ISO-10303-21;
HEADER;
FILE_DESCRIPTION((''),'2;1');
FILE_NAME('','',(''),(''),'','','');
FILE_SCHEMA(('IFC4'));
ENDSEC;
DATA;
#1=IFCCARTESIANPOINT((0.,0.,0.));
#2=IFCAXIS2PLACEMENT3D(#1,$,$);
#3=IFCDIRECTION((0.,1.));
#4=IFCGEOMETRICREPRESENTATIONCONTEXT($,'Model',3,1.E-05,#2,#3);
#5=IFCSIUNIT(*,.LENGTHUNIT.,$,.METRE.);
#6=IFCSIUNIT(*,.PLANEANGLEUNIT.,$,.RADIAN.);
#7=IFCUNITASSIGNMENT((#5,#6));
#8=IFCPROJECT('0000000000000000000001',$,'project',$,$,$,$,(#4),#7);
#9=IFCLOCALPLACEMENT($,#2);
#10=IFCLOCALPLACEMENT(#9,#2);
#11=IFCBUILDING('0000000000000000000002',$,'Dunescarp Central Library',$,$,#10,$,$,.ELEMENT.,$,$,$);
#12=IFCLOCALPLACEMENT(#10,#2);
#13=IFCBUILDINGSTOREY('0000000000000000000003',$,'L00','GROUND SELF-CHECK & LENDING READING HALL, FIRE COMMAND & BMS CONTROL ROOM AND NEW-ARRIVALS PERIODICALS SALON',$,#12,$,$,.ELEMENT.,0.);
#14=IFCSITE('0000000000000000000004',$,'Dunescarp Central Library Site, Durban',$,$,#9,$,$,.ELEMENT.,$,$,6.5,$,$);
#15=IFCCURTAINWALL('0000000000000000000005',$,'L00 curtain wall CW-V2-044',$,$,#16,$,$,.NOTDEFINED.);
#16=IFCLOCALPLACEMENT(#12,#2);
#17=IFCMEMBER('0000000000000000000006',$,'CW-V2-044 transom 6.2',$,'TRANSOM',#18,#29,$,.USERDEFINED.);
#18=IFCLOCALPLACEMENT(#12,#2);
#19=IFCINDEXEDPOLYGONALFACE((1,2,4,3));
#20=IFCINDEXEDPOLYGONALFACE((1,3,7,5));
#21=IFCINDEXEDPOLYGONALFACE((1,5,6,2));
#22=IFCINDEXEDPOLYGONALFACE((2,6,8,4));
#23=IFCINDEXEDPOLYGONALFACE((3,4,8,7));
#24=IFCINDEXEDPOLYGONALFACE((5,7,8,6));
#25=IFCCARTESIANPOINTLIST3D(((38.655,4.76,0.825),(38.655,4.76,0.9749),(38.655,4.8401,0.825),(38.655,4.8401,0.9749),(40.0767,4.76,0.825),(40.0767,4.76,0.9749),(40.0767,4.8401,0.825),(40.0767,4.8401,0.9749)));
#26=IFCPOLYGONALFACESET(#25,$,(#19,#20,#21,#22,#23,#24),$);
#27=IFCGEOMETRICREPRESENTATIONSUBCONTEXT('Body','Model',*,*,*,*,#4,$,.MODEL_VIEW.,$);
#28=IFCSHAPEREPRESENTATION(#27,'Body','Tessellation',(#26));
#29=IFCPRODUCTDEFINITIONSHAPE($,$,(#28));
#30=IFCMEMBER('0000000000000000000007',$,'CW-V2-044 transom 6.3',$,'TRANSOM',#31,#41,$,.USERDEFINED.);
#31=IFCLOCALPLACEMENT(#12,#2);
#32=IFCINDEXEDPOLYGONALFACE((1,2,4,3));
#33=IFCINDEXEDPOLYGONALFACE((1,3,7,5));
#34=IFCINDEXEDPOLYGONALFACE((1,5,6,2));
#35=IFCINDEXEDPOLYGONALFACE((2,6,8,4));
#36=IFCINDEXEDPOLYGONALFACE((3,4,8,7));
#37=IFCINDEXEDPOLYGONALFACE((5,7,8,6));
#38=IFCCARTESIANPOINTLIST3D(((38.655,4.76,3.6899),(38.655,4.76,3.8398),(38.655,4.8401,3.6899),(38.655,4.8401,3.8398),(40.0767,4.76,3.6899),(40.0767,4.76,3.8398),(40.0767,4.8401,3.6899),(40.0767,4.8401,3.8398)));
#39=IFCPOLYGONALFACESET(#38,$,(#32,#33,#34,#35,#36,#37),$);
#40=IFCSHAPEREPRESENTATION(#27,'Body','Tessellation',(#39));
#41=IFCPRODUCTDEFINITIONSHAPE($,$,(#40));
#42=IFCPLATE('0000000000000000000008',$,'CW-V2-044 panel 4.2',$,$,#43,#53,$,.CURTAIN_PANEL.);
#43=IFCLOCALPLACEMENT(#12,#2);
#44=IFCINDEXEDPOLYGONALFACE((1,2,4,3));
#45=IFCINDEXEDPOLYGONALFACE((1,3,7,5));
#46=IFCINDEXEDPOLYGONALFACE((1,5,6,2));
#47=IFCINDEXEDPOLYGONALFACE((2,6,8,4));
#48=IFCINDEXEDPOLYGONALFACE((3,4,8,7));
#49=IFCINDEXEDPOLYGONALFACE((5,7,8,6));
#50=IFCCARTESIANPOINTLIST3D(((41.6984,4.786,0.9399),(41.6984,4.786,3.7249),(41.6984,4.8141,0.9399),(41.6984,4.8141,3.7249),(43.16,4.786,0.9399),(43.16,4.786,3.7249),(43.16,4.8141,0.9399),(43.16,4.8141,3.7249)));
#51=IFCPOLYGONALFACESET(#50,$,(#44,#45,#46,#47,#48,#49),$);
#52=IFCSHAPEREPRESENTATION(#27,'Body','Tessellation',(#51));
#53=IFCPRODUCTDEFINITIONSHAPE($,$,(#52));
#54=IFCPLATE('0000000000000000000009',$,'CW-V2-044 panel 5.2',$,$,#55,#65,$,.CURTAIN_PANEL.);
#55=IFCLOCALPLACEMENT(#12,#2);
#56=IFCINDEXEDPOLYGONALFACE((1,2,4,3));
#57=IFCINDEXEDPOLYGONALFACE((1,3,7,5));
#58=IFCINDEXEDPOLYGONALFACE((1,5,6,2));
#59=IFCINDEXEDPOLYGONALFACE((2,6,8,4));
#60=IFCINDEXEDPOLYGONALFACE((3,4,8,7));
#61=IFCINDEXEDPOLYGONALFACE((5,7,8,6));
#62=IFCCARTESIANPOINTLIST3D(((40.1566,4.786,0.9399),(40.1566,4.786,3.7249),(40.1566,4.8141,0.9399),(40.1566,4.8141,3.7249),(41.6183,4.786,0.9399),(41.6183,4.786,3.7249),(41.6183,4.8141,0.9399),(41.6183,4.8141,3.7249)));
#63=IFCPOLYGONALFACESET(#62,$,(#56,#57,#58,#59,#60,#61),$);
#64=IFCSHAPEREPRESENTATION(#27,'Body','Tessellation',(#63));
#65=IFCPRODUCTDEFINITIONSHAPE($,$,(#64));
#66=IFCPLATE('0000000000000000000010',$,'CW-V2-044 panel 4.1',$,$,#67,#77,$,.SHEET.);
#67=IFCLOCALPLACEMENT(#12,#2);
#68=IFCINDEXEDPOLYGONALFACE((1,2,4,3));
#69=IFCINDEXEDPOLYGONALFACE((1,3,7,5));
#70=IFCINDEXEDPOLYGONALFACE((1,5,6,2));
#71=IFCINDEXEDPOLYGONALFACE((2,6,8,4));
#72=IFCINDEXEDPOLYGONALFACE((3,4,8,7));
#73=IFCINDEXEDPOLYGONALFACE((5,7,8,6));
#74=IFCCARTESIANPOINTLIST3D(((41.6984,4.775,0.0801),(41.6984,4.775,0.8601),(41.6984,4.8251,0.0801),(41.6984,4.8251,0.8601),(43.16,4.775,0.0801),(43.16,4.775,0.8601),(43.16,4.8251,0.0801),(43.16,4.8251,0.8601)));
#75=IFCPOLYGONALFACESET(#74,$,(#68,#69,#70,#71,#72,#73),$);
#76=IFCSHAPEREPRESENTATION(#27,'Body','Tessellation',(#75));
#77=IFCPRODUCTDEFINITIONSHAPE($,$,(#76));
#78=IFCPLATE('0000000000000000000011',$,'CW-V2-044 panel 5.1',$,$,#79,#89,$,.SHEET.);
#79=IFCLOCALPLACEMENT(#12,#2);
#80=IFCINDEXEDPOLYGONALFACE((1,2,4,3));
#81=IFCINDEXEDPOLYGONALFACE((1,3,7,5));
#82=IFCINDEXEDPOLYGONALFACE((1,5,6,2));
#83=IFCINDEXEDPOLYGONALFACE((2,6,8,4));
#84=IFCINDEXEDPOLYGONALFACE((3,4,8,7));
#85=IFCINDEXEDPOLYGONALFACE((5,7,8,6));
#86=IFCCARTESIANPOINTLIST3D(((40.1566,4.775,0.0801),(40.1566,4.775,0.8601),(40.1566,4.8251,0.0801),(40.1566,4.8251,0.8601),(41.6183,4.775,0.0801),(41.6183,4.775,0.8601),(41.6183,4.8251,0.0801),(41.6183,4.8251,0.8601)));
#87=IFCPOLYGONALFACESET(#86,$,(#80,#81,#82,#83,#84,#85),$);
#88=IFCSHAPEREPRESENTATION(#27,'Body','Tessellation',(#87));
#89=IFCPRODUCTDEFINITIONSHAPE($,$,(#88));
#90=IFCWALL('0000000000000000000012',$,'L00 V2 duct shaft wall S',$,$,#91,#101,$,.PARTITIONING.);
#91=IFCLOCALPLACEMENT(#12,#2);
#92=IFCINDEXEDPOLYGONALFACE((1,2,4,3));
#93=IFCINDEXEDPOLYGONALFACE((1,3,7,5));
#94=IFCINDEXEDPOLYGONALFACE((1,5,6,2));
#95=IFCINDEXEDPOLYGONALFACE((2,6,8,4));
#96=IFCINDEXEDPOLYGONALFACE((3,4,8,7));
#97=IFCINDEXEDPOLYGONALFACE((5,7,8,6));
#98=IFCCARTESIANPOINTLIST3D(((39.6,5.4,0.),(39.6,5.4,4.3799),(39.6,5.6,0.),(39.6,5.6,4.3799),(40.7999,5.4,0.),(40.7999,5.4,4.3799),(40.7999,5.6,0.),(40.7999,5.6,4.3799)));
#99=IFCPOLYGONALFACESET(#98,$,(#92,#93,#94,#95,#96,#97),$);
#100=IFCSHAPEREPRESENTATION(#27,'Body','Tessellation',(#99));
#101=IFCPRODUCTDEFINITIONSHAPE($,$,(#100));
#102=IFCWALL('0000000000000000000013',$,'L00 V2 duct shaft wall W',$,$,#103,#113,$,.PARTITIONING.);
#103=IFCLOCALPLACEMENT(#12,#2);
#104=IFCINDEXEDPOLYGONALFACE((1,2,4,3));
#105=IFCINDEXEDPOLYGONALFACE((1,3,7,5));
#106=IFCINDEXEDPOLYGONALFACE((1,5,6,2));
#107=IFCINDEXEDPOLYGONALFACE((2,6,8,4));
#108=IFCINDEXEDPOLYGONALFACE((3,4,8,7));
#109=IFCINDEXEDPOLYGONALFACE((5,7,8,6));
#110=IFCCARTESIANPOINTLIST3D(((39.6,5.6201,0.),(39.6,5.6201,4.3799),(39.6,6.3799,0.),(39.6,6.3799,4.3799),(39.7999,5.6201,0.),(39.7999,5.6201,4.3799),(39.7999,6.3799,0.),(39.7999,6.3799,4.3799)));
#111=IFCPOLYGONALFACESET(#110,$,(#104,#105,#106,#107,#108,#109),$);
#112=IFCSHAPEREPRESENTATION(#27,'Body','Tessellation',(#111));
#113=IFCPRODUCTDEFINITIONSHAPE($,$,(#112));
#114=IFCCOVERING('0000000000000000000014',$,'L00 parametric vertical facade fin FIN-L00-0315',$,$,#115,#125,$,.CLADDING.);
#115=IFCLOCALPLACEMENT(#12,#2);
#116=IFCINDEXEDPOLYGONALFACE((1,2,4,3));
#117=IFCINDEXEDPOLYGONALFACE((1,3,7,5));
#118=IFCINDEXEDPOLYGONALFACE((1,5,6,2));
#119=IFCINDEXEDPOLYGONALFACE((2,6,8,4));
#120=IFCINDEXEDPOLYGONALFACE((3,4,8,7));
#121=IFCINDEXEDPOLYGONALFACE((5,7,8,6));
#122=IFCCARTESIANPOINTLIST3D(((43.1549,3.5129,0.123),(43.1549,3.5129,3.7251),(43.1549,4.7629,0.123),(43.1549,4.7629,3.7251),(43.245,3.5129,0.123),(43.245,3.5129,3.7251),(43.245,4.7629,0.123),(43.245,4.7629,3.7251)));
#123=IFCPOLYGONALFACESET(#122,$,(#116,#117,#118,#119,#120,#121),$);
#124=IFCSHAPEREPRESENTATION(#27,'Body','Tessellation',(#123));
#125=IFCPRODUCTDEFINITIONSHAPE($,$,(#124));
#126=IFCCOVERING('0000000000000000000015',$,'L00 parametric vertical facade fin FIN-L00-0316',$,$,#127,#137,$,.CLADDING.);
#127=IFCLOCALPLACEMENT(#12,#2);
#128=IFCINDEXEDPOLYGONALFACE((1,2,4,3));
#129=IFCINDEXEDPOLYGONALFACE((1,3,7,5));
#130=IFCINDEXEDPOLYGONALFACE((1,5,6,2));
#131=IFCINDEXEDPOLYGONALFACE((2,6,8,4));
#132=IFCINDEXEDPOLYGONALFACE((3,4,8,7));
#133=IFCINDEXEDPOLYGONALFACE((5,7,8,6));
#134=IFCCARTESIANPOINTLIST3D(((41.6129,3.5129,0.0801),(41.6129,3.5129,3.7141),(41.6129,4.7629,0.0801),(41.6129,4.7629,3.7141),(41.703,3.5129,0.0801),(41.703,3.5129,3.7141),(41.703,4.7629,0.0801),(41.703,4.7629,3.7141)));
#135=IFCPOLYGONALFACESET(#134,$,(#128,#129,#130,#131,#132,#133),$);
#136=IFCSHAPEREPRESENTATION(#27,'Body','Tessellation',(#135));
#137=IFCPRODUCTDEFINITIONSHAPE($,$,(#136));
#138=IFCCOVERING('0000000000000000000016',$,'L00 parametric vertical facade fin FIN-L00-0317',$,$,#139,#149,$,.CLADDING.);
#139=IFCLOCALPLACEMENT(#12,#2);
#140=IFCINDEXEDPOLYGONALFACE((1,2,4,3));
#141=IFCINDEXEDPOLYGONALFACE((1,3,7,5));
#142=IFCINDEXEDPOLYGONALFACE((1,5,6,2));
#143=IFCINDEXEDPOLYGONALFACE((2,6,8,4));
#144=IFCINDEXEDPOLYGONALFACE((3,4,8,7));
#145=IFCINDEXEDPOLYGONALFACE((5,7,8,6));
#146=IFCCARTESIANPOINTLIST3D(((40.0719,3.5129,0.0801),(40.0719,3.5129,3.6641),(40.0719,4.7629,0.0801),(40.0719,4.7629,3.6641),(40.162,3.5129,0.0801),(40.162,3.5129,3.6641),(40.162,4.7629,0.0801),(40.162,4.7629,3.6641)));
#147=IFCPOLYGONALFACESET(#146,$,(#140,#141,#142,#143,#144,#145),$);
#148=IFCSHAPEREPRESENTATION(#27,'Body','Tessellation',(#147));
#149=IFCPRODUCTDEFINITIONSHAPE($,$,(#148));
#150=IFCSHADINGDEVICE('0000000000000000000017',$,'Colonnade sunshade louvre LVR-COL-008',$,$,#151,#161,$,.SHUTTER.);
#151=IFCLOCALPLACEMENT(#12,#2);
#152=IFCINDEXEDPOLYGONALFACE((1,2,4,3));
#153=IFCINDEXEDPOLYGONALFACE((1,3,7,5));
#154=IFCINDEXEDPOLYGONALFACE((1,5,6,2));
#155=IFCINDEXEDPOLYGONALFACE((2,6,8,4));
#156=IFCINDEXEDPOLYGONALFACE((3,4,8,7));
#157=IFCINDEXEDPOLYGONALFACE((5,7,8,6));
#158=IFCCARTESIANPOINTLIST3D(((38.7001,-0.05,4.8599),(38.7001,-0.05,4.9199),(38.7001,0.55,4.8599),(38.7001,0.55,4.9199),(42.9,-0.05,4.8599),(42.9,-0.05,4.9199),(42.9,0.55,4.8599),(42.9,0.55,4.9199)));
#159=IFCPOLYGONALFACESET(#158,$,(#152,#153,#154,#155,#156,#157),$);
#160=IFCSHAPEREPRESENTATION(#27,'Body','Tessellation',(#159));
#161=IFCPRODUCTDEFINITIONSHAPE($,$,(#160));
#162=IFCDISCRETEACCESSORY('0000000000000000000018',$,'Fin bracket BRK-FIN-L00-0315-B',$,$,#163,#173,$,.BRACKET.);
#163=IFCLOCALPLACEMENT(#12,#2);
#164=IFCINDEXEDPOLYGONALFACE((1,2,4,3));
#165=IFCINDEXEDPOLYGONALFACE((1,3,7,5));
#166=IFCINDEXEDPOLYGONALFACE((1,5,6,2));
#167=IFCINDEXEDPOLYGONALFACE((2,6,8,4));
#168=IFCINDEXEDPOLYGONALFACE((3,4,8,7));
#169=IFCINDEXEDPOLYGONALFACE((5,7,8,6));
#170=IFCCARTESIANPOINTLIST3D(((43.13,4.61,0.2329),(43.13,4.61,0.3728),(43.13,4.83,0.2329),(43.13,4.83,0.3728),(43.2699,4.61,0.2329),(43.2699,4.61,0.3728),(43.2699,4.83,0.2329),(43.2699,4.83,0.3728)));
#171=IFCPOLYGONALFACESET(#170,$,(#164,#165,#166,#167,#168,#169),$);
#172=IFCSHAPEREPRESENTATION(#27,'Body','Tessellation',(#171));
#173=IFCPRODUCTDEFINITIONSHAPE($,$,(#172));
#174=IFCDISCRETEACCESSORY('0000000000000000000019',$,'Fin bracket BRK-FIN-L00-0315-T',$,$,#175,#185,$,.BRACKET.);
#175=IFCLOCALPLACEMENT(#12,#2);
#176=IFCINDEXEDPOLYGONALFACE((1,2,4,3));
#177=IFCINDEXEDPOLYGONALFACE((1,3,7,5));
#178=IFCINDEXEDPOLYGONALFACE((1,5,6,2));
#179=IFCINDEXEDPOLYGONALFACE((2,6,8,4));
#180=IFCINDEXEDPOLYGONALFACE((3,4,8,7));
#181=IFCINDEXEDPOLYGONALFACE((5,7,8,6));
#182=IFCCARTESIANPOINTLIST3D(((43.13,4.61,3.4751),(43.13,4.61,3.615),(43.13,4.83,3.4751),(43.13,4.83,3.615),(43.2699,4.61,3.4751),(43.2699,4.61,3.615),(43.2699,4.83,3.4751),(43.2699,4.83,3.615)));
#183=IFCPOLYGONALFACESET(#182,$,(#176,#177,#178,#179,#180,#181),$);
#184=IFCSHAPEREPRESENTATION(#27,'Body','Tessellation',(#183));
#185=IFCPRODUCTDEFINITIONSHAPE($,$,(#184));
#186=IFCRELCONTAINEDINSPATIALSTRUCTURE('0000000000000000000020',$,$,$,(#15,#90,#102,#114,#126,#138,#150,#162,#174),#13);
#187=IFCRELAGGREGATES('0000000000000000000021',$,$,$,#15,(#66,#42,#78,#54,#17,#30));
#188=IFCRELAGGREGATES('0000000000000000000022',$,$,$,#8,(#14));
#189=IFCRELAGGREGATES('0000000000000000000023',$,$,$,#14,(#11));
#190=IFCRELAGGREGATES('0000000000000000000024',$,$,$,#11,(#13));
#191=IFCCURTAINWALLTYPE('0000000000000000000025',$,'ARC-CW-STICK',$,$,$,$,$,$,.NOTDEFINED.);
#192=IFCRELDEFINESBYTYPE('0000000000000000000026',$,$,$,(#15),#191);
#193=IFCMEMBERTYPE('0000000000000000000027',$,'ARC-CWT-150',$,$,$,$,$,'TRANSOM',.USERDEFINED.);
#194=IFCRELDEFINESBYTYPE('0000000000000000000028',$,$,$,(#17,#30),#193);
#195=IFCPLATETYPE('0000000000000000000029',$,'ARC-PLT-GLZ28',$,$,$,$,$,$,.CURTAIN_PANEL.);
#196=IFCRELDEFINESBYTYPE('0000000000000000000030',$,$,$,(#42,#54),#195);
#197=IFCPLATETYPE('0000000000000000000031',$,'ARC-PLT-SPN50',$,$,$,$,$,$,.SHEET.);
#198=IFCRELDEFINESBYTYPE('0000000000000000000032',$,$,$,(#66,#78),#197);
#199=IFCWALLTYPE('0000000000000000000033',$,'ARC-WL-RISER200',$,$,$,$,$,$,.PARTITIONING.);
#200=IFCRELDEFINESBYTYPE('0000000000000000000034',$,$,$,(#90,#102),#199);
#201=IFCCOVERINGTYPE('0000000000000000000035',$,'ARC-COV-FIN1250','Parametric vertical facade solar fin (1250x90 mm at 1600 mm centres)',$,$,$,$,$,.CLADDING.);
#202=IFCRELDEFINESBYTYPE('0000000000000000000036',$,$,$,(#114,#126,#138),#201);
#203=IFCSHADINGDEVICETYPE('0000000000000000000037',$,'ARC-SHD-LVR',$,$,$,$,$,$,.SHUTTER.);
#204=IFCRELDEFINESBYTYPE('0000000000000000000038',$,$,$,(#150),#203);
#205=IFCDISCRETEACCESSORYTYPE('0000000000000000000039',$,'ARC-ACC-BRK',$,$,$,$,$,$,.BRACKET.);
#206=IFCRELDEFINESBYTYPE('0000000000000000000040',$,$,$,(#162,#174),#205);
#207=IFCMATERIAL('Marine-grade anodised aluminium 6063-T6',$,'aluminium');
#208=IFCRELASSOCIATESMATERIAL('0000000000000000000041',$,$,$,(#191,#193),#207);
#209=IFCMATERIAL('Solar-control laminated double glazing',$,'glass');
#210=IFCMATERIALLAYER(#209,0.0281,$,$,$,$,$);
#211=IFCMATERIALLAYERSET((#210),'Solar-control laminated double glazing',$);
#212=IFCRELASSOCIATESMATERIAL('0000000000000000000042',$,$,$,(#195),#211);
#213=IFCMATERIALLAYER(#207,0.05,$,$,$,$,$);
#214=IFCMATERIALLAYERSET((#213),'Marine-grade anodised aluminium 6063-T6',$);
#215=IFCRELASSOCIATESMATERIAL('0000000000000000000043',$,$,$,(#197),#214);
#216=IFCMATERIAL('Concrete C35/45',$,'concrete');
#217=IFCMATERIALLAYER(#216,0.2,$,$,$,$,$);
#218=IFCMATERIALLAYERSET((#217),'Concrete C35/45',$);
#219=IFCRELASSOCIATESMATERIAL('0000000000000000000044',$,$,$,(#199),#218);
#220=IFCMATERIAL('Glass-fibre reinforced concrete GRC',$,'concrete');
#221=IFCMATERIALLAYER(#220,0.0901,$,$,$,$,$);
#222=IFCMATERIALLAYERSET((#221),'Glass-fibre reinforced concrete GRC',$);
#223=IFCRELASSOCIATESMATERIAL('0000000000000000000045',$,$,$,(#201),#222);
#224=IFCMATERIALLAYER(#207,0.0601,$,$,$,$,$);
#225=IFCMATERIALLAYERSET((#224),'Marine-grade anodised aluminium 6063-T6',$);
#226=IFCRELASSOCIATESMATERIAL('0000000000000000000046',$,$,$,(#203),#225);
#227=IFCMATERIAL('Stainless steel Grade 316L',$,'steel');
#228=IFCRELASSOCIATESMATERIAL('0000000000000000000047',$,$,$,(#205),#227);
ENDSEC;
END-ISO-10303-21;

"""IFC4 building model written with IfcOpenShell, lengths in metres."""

from ifc_helpers import new_model, si_unit, direction, frame, frame_2d, origin, origin_2d, place, context, subcontext, project, spatial, rectangle, extrude, material, layer, layer_set, material_profile, profile_set, type_object, element, aggregate, save


model = new_model("IFC4")

# Units and contexts
model_context = context("Model", 3, precision=1e-05, world=origin(), true_north=direction((0.0, 1.0)))
body_context = subcontext(model_context, "Body", "Model", "MODEL_VIEW")
ifc_project = project(units=[si_unit("LENGTHUNIT", "METRE"), si_unit("PLANEANGLEUNIT", "RADIAN")], contexts=[model_context])

# Site, building, storey
site_placement = place(None, origin())
site = spatial("IfcSite", under=ifc_project, at=site_placement, Name="Dunescarp Central Library Site, Durban", CompositionType="ELEMENT", RefElevation=6.5)
building_placement = place(site_placement, origin())
building = spatial("IfcBuilding", under=site, at=building_placement, Name="Dunescarp Central Library", CompositionType="ELEMENT")
storey_placement = place(building_placement, origin())
storey = spatial("IfcBuildingStorey", under=building, at=storey_placement, Name="L00", Description="GROUND SELF-CHECK & LENDING READING HALL, FIRE COMMAND & BMS CONTROL ROOM AND NEW-ARRIVALS PERIODICALS SALON", CompositionType="ELEMENT", Elevation=0.0)

# Shared definitions
ifc_material_1 = material(Name="Concrete C35/45", Category="concrete")

# Curtain wall, members, plates
ifc_material_2 = material(Name="Marine-grade anodised aluminium 6063-T6", Category="aluminium")
curtain_wall_type = type_object("IfcCurtainWallType", Name="ARC-CW-STICK", PredefinedType="NOTDEFINED", material=ifc_material_2)
curtain_wall_placement = place(storey_placement, origin())
curtain_wall = element("IfcCurtainWall", 1, at=curtain_wall_placement, inside=storey, type_object=curtain_wall_type, Name="L00 curtain wall CW-V2-044", PredefinedType="NOTDEFINED")
ifc_material_profile_1 = material_profile(ifc_material_2, rectangle(XDim=0.0801, YDim=0.1499, at=origin_2d()), Name="AL 80x150")
ifc_profile_set_1 = profile_set([ifc_material_profile_1], Name="Marine-grade anodised aluminium 6063-T6")
member_type_1 = type_object("IfcMemberType", Name="ARC-CWT-150", ElementType="TRANSOM", PredefinedType="USERDEFINED", material=ifc_profile_set_1)
member_1_placement = place(storey_placement, frame((40.0767, 4.8, 0.8999), z_axis=(-1.0, 0.0, 0.0), x_axis=(0.0, -1.0, 0.0)))
member_1 = element("IfcMember", 2, at=member_1_placement, type_object=member_type_1, Name="CW-V2-044 transom 6.2", ObjectType="TRANSOM", PredefinedType="USERDEFINED", context=body_context, shape_type="SweptSolid", body=[
    extrude(rectangle(XDim=0.0801, YDim=0.1499, at=origin_2d()), origin(), (0.0, 0.0, 1.0), 1.4216),
])
member_2_placement = place(storey_placement, frame((40.0767, 4.8, 3.7649), z_axis=(-1.0, 0.0, 0.0), x_axis=(0.0, -1.0, 0.0)))
member_2 = element("IfcMember", 3, at=member_2_placement, type_object=member_type_1, Name="CW-V2-044 transom 6.3", ObjectType="TRANSOM", PredefinedType="USERDEFINED", context=body_context, shape_type="SweptSolid", body=[
    extrude(rectangle(XDim=0.0801, YDim=0.1499, at=origin_2d()), origin(), (0.0, 0.0, 1.0), 1.4216),
])
ifc_material_3 = material(Name="Solar-control laminated double glazing", Category="glass")
ifc_layer_1 = layer(ifc_material_3, 0.0281)
ifc_layer_set_1 = layer_set([ifc_layer_1], Name="Solar-control laminated double glazing")
plate_type_1 = type_object("IfcPlateType", Name="ARC-PLT-GLZ28", PredefinedType="CURTAIN_PANEL", material=ifc_layer_set_1)
plate_1_placement = place(storey_placement, frame((42.4292, 4.8, 0.9399), z_axis=(0.0, 0.0, 1.0), x_axis=(-1.0, 0.0, 0.0)))
plate_1 = element("IfcPlate", 4, at=plate_1_placement, type_object=plate_type_1, Name="CW-V2-044 panel 4.2", PredefinedType="CURTAIN_PANEL", context=body_context, shape_type="SweptSolid", body=[
    extrude(rectangle(XDim=1.4617, YDim=0.0281, at=origin_2d()), origin(), (0.0, 0.0, 1.0), 2.7849),
])
plate_2_placement = place(storey_placement, frame((40.8875, 4.8, 0.9399), z_axis=(0.0, 0.0, 1.0), x_axis=(-1.0, 0.0, 0.0)))
plate_2 = element("IfcPlate", 5, at=plate_2_placement, type_object=plate_type_1, Name="CW-V2-044 panel 5.2", PredefinedType="CURTAIN_PANEL", context=body_context, shape_type="SweptSolid", body=[
    extrude(rectangle(XDim=1.4617, YDim=0.0281, at=origin_2d()), origin(), (0.0, 0.0, 1.0), 2.7849),
])
ifc_layer_2 = layer(ifc_material_2, 0.05)
ifc_layer_set_2 = layer_set([ifc_layer_2], Name="Marine-grade anodised aluminium 6063-T6")
plate_type_2 = type_object("IfcPlateType", Name="ARC-PLT-SPN50", PredefinedType="SHEET", material=ifc_layer_set_2)
plate_3_placement = place(storey_placement, frame((42.4292, 4.8, 0.0801), z_axis=(0.0, 0.0, 1.0), x_axis=(-1.0, 0.0, 0.0)))
plate_3 = element("IfcPlate", 6, at=plate_3_placement, type_object=plate_type_2, Name="CW-V2-044 panel 4.1", PredefinedType="SHEET", context=body_context, shape_type="SweptSolid", body=[
    extrude(rectangle(XDim=1.4617, YDim=0.05, at=origin_2d()), origin(), (0.0, 0.0, 1.0), 0.78),
])
plate_4_placement = place(storey_placement, frame((40.8875, 4.8, 0.0801), z_axis=(0.0, 0.0, 1.0), x_axis=(-1.0, 0.0, 0.0)))
plate_4 = element("IfcPlate", 7, at=plate_4_placement, type_object=plate_type_2, Name="CW-V2-044 panel 5.1", PredefinedType="SHEET", context=body_context, shape_type="SweptSolid", body=[
    extrude(rectangle(XDim=1.4617, YDim=0.05, at=origin_2d()), origin(), (0.0, 0.0, 1.0), 0.78),
])
aggregate(curtain_wall, [plate_3, plate_1, plate_4, plate_2, member_1, member_2])

# Walls
ifc_layer_3 = layer(ifc_material_1, 0.2)
ifc_layer_set_3 = layer_set([ifc_layer_3], Name="Concrete C35/45")
wall_type = type_object("IfcWallType", Name="ARC-WL-RISER200", PredefinedType="PARTITIONING", material=ifc_layer_set_3)
wall_1_placement = place(storey_placement, frame((40.8, 5.5, 0.0), z_axis=(0.0, 0.0, 1.0), x_axis=(-1.0, 0.0, 0.0)))
element("IfcWall", 8, at=wall_1_placement, inside=storey, type_object=wall_type, Name="L00 V2 duct shaft wall S", PredefinedType="PARTITIONING", context=body_context, shape_type="SweptSolid", body=[
    extrude(rectangle(XDim=1.2, YDim=0.2, at=frame_2d((0.6001, 0.0))), origin(), (0.0, 0.0, 1.0), 4.3799),
])
wall_2_placement = place(storey_placement, frame((39.7, 5.6201, 0.0), z_axis=(0.0, 0.0, 1.0), x_axis=(0.0, 1.0, 0.0)))
element("IfcWall", 9, at=wall_2_placement, inside=storey, type_object=wall_type, Name="L00 V2 duct shaft wall W", PredefinedType="PARTITIONING", context=body_context, shape_type="SweptSolid", body=[
    extrude(rectangle(XDim=0.7598, YDim=0.2, at=frame_2d((0.3799, 0.0))), origin(), (0.0, 0.0, 1.0), 4.3799),
])

# Coverings
ifc_material_4 = material(Name="Glass-fibre reinforced concrete GRC", Category="concrete")
ifc_layer_4 = layer(ifc_material_4, 0.0901)
ifc_layer_set_4 = layer_set([ifc_layer_4], Name="Glass-fibre reinforced concrete GRC")
covering_type = type_object("IfcCoveringType", Name="ARC-COV-FIN1250", Description="Parametric vertical facade solar fin (1250x90 mm at 1600 mm centres)", PredefinedType="CLADDING", material=ifc_layer_set_4)
covering_1_placement = place(storey_placement, frame((43.2, 4.1379, 0.123), z_axis=(0.0, 0.0, 1.0), x_axis=(0.0, -1.0, 0.0)))
element("IfcCovering", 10, at=covering_1_placement, inside=storey, type_object=covering_type, Name="L00 parametric vertical facade fin FIN-L00-0315", PredefinedType="CLADDING", context=body_context, shape_type="SweptSolid", body=[
    extrude(rectangle(XDim=1.25, YDim=0.0901, at=origin_2d()), origin(), (0.0, 0.0, 1.0), 3.6021),
])
covering_2_placement = place(storey_placement, frame((41.658, 4.1379, 0.0801), z_axis=(0.0, 0.0, 1.0), x_axis=(0.0, -1.0, 0.0)))
element("IfcCovering", 11, at=covering_2_placement, inside=storey, type_object=covering_type, Name="L00 parametric vertical facade fin FIN-L00-0316", PredefinedType="CLADDING", context=body_context, shape_type="SweptSolid", body=[
    extrude(rectangle(XDim=1.25, YDim=0.0901, at=origin_2d()), origin(), (0.0, 0.0, 1.0), 3.634),
])
covering_3_placement = place(storey_placement, frame((40.1169, 4.1379, 0.0801), z_axis=(0.0, 0.0, 1.0), x_axis=(0.0, -1.0, 0.0)))
element("IfcCovering", 12, at=covering_3_placement, inside=storey, type_object=covering_type, Name="L00 parametric vertical facade fin FIN-L00-0317", PredefinedType="CLADDING", context=body_context, shape_type="SweptSolid", body=[
    extrude(rectangle(XDim=1.25, YDim=0.0901, at=origin_2d()), origin(), (0.0, 0.0, 1.0), 3.584),
])

# Shading device
ifc_layer_5 = layer(ifc_material_2, 0.0601)
ifc_layer_set_5 = layer_set([ifc_layer_5], Name="Marine-grade anodised aluminium 6063-T6")
shading_device_type = type_object("IfcShadingDeviceType", Name="ARC-SHD-LVR", PredefinedType="SHUTTER", material=ifc_layer_set_5)
shading_device_placement = place(storey_placement, frame((40.8, 0.25, 4.8599), z_axis=(0.0, 0.0, 1.0), x_axis=(1.0, 0.0, 0.0)))
element("IfcShadingDevice", 13, at=shading_device_placement, inside=storey, type_object=shading_device_type, Name="Colonnade sunshade louvre LVR-COL-008", PredefinedType="SHUTTER", context=body_context, shape_type="SweptSolid", body=[
    extrude(rectangle(XDim=4.2, YDim=0.6001, at=origin_2d()), origin(), (0.0, 0.0, 1.0), 0.0601),
])

# Discrete accessories
ifc_material_5 = material(Name="Stainless steel Grade 316L", Category="steel")
discrete_accessory_type = type_object("IfcDiscreteAccessoryType", Name="ARC-ACC-BRK", PredefinedType="BRACKET", material=ifc_material_5)
for number, where, z_axis, x_axis, name in (
    (14, (43.2, 4.72, 0.2329), (0.0, 0.0, 1.0), (0.0, -1.0, 0.0), "Fin bracket BRK-FIN-L00-0315-B"),
    (15, (43.2, 4.72, 3.4751), (0.0, 0.0, 1.0), (0.0, -1.0, 0.0), "Fin bracket BRK-FIN-L00-0315-T"),
):
    element("IfcDiscreteAccessory", number, at=place(storey_placement, frame(where, z_axis=z_axis, x_axis=x_axis)), inside=storey, type_object=discrete_accessory_type, Name=name, PredefinedType="BRACKET", context=body_context, shape_type="SweptSolid", body=[
        extrude(rectangle(XDim=0.22, YDim=0.1399, at=origin_2d()), origin(), (0.0, 0.0, 1.0), 0.1399),
    ])

save(model, "model.ifc")
